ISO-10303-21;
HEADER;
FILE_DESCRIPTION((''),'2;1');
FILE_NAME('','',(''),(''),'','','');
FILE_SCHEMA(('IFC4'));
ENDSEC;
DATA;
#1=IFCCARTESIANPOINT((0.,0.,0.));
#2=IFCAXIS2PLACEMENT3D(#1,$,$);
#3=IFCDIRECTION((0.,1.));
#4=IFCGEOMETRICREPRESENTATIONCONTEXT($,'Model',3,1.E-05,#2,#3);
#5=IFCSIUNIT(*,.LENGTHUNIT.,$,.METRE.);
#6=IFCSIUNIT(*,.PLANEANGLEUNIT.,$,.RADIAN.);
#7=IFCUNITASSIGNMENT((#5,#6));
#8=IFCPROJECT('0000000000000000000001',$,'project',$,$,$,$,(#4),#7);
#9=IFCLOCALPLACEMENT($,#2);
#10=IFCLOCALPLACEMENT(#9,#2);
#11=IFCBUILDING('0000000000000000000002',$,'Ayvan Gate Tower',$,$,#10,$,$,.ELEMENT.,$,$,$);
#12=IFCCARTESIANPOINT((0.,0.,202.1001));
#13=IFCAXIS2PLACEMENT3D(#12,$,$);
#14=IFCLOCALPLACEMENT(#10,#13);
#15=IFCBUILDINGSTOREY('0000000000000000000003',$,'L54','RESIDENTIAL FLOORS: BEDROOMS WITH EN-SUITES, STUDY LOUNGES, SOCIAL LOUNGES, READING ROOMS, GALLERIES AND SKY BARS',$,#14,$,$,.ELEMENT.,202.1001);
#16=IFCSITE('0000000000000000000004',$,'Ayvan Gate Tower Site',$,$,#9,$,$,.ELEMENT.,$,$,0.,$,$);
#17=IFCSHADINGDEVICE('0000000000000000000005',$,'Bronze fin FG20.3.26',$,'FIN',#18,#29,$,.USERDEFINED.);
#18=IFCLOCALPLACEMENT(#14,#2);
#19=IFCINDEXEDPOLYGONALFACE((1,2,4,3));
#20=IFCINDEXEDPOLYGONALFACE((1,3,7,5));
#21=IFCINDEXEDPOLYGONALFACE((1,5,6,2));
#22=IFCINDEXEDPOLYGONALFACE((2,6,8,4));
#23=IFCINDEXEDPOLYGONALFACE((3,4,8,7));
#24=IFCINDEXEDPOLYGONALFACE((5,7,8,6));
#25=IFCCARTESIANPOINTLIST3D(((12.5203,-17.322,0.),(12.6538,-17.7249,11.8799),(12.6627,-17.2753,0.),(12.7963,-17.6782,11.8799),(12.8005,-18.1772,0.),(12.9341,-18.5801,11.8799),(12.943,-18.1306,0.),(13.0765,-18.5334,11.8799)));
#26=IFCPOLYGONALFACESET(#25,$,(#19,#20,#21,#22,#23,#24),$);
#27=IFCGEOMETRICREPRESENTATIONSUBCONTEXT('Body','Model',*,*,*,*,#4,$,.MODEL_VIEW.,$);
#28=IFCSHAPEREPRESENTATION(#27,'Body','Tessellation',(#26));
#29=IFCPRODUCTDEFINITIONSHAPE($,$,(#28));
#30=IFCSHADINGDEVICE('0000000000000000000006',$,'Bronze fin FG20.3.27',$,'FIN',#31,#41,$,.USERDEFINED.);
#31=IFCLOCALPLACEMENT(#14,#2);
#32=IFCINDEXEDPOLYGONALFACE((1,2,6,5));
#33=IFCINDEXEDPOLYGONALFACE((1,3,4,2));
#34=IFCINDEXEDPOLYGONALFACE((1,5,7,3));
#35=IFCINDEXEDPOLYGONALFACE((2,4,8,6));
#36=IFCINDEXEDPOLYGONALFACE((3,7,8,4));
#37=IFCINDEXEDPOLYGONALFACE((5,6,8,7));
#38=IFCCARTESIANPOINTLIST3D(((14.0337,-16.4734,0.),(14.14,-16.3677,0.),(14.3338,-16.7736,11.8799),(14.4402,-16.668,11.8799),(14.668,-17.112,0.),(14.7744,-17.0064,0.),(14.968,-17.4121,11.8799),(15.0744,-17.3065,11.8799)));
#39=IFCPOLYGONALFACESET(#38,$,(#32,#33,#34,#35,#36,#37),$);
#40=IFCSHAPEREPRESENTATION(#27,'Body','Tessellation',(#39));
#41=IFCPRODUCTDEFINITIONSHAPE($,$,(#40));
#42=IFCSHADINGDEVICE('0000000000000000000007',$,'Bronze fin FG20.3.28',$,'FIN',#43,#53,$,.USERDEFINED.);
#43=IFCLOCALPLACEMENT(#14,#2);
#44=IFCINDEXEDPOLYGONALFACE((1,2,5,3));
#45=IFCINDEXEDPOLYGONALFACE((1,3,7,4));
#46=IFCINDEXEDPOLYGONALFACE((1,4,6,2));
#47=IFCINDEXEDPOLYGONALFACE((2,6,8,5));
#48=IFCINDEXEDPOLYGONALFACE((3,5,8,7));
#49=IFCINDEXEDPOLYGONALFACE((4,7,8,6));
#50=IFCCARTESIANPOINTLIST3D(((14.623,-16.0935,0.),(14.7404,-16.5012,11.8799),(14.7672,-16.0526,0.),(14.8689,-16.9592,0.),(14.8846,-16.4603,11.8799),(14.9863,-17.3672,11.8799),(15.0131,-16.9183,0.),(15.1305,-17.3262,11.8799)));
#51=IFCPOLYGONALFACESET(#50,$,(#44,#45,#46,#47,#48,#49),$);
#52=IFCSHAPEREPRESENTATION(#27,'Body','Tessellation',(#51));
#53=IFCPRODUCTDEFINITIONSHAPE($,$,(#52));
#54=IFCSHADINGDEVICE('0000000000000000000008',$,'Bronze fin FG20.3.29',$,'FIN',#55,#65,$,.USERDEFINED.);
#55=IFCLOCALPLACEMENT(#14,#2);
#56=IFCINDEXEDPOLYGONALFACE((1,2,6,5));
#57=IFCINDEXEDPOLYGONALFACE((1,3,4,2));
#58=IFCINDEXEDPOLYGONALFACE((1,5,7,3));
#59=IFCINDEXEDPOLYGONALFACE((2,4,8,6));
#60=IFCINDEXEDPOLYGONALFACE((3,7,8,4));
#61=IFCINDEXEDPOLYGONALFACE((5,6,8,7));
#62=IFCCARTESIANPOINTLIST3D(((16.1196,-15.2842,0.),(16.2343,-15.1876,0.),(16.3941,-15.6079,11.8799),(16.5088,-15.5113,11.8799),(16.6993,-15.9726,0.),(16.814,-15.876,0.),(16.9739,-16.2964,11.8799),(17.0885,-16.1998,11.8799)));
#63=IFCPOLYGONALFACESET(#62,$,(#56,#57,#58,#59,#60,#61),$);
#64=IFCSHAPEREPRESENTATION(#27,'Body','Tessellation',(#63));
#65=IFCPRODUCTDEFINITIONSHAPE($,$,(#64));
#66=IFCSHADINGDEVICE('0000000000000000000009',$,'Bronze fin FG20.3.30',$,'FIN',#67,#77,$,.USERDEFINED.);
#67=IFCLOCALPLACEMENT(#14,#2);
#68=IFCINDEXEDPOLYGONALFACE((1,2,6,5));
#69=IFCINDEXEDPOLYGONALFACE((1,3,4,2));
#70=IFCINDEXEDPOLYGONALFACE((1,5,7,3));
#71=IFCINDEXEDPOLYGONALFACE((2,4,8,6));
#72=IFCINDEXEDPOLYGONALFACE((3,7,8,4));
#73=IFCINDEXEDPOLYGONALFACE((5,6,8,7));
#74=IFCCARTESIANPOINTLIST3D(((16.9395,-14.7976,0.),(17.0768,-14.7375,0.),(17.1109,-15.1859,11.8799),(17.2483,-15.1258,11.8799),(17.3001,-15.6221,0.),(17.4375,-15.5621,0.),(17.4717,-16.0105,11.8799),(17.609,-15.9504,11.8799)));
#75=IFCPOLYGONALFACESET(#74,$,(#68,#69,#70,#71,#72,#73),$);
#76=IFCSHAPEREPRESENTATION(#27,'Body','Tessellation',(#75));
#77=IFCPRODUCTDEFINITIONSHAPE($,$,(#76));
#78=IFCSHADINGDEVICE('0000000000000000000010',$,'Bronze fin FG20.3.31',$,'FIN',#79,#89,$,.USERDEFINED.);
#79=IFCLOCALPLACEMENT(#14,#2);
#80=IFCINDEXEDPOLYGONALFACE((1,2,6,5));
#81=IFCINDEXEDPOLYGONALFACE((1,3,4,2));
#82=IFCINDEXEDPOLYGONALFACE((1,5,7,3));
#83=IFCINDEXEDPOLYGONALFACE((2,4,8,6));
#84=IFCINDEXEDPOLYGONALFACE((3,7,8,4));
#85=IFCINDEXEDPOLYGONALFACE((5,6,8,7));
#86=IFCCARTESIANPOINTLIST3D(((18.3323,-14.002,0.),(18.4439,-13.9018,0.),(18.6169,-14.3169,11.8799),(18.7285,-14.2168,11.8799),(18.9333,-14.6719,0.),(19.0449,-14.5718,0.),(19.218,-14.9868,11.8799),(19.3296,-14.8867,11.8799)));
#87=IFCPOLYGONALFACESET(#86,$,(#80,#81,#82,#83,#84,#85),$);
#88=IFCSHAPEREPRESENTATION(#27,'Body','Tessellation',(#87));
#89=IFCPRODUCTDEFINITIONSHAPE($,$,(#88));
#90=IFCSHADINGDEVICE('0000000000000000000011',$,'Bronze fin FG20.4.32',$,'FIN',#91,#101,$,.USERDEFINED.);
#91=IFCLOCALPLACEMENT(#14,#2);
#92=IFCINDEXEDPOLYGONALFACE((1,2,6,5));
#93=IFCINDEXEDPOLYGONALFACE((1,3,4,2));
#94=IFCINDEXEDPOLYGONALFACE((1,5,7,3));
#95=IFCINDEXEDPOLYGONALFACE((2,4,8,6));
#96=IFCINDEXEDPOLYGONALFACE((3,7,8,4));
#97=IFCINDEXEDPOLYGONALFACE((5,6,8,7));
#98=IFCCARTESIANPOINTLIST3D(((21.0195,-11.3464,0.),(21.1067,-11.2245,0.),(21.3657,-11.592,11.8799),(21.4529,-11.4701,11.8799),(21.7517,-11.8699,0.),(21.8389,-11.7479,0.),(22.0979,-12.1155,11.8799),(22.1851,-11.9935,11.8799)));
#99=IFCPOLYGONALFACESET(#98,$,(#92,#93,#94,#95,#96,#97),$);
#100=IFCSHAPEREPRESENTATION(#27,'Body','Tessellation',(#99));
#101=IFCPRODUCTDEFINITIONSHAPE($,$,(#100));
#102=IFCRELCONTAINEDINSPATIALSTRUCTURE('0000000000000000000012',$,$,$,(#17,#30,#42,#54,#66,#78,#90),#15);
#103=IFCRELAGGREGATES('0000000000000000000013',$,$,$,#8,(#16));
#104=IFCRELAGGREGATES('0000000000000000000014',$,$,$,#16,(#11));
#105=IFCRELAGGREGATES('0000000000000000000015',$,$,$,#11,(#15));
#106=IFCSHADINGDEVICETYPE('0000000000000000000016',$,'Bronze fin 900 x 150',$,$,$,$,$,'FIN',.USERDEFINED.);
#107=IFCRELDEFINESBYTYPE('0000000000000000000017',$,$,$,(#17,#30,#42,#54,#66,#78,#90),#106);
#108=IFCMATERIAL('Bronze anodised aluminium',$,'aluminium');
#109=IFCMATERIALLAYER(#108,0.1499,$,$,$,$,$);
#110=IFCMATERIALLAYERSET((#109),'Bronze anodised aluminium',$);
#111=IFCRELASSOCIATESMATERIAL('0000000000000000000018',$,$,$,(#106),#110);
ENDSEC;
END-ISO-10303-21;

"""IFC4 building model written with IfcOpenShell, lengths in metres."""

from ifc_helpers import new_model, si_unit, direction, frame, origin, place, context, subcontext, project, spatial, polyline, outline, extrude, material, layer, layer_set, type_object, element, save


model = new_model("IFC4")

# Units and contexts
model_context = context("Model", 3, precision=1e-05, world=origin(), true_north=direction((0.0, 1.0)))
body_context = subcontext(model_context, "Body", "Model", "MODEL_VIEW")
ifc_project = project(units=[si_unit("LENGTHUNIT", "METRE"), si_unit("PLANEANGLEUNIT", "RADIAN")], contexts=[model_context])

# Site, building, storey
site_placement = place(None, origin())
site = spatial("IfcSite", under=ifc_project, at=site_placement, Name="Ayvan Gate Tower Site", CompositionType="ELEMENT", RefElevation=0.0)
building_placement = place(site_placement, origin())
building = spatial("IfcBuilding", under=site, at=building_placement, Name="Ayvan Gate Tower", CompositionType="ELEMENT")
storey_placement = place(building_placement, frame((0.0, 0.0, 202.1001)))
storey = spatial("IfcBuildingStorey", under=building, at=storey_placement, Name="L54", Description="RESIDENTIAL FLOORS: BEDROOMS WITH EN-SUITES, STUDY LOUNGES, SOCIAL LOUNGES, READING ROOMS, GALLERIES AND SKY BARS", CompositionType="ELEMENT", Elevation=202.1001)

# Shared definitions
ifc_material_1 = material(Name="Bronze anodised aluminium", Category="aluminium")

# Shading devices
ifc_layer_1 = layer(ifc_material_1, 0.1499)
ifc_layer_set_1 = layer_set([ifc_layer_1], Name="Bronze anodised aluminium")
shading_device_type = type_object("IfcShadingDeviceType", Name="Bronze fin 900 x 150", ElementType="FIN", PredefinedType="USERDEFINED", material=ifc_layer_set_1)
shading_device_1_placement = place(storey_placement, frame((12.5203, -17.322, 0.0), z_axis=(-0.950272, -0.311422, 0.000122), x_axis=(0.311422, -0.950272, 0.0)))
element("IfcShadingDevice", 1, at=shading_device_1_placement, inside=storey, type_object=shading_device_type, Name="Bronze fin FG20.3.26", ObjectType="FIN", PredefinedType="USERDEFINED", context=body_context, shape_type="SweptSolid", body=[
    extrude(outline(polyline([(0.0, 0.0), (0.9, 0.0), (1.3244, 11.8799), (0.4244, 11.8799), (0.0, 0.0)])), origin(), (0.0, 0.0, -1.0), 0.1499),
])
shading_device_2_placement = place(storey_placement, frame((14.0337, -16.4734, 0.0), z_axis=(-0.709476, -0.704729, 0.000113), x_axis=(0.704729, -0.709476, 0.0)))
element("IfcShadingDevice", 2, at=shading_device_2_placement, inside=storey, type_object=shading_device_type, Name="Bronze fin FG20.3.27", ObjectType="FIN", PredefinedType="USERDEFINED", context=body_context, shape_type="SweptSolid", body=[
    extrude(outline(polyline([(0.0, 0.0), (0.9001, 0.0), (1.3244, 11.8799), (0.4245, 11.8799), (0.0, 0.0)])), origin(), (0.0, 0.0, -1.0), 0.1499),
])
shading_device_3_placement = place(storey_placement, frame((14.623, -16.0935, 0.0), z_axis=(-0.961973, -0.273144, 0.000132), x_axis=(0.273144, -0.961973, 0.0)))
element("IfcShadingDevice", 3, at=shading_device_3_placement, inside=storey, type_object=shading_device_type, Name="Bronze fin FG20.3.28", ObjectType="FIN", PredefinedType="USERDEFINED", context=body_context, shape_type="SweptSolid", body=[
    extrude(outline(polyline([(0.0, 0.0), (0.9, 0.0), (1.3245, 11.8799), (0.4243, 11.8799), (0.0, 0.0)])), origin(), (0.0, 0.0, -1.0), 0.1499),
])
shading_device_4_placement = place(storey_placement, frame((16.1196, -15.2842, 0.0), z_axis=(-0.764943, -0.644098, 0.000125), x_axis=(0.644098, -0.764943, 0.0)))
element("IfcShadingDevice", 4, at=shading_device_4_placement, inside=storey, type_object=shading_device_type, Name="Bronze fin FG20.3.29", ObjectType="FIN", PredefinedType="USERDEFINED", context=body_context, shape_type="SweptSolid", body=[
    extrude(outline(polyline([(0.0, 0.0), (0.9, 0.0), (1.3245, 11.8799), (0.4244, 11.8799), (0.0, 0.0)])), origin(), (0.0, 0.0, -1.0), 0.1499),
])
shading_device_5_placement = place(storey_placement, frame((16.9395, -14.7976, 0.0), z_axis=(-0.916173, -0.400783, 0.000127), x_axis=(0.400783, -0.916173, 0.0)))
element("IfcShadingDevice", 5, at=shading_device_5_placement, inside=storey, type_object=shading_device_type, Name="Bronze fin FG20.3.30", ObjectType="FIN", PredefinedType="USERDEFINED", context=body_context, shape_type="SweptSolid", body=[
    extrude(outline(polyline([(0.0, 0.0), (0.9, 0.0), (1.3245, 11.8799), (0.4244, 11.8799), (0.0, 0.0)])), origin(), (0.0, 0.0, -1.0), 0.1499),
])
shading_device_6_placement = place(storey_placement, frame((18.3323, -14.002, 0.0), z_axis=(-0.744318, -0.667825, 0.000131), x_axis=(0.667825, -0.744318, 0.0)))
element("IfcShadingDevice", 6, at=shading_device_6_placement, inside=storey, type_object=shading_device_type, Name="Bronze fin FG20.3.31", ObjectType="FIN", PredefinedType="USERDEFINED", context=body_context, shape_type="SweptSolid", body=[
    extrude(outline(polyline([(0.0, 0.0), (0.9, 0.0), (1.3246, 11.8799), (0.4245, 11.8799), (0.0, 0.0)])), origin(), (0.0, 0.0, -1.0), 0.1499),
])
shading_device_7_placement = place(storey_placement, frame((21.0195, -11.3464, 0.0), z_axis=(-0.581572, -0.813495, 0.000129), x_axis=(0.813495, -0.581572, 0.0)))
element("IfcShadingDevice", 7, at=shading_device_7_placement, inside=storey, type_object=shading_device_type, Name="Bronze fin FG20.4.32", ObjectType="FIN", PredefinedType="USERDEFINED", context=body_context, shape_type="SweptSolid", body=[
    extrude(outline(polyline([(0.0, 0.0), (0.9, 0.0), (1.3245, 11.8799), (0.4245, 11.8799), (0.0, 0.0)])), origin(), (0.0, 0.0, -1.0), 0.1499),
])

save(model, "model.ifc")
